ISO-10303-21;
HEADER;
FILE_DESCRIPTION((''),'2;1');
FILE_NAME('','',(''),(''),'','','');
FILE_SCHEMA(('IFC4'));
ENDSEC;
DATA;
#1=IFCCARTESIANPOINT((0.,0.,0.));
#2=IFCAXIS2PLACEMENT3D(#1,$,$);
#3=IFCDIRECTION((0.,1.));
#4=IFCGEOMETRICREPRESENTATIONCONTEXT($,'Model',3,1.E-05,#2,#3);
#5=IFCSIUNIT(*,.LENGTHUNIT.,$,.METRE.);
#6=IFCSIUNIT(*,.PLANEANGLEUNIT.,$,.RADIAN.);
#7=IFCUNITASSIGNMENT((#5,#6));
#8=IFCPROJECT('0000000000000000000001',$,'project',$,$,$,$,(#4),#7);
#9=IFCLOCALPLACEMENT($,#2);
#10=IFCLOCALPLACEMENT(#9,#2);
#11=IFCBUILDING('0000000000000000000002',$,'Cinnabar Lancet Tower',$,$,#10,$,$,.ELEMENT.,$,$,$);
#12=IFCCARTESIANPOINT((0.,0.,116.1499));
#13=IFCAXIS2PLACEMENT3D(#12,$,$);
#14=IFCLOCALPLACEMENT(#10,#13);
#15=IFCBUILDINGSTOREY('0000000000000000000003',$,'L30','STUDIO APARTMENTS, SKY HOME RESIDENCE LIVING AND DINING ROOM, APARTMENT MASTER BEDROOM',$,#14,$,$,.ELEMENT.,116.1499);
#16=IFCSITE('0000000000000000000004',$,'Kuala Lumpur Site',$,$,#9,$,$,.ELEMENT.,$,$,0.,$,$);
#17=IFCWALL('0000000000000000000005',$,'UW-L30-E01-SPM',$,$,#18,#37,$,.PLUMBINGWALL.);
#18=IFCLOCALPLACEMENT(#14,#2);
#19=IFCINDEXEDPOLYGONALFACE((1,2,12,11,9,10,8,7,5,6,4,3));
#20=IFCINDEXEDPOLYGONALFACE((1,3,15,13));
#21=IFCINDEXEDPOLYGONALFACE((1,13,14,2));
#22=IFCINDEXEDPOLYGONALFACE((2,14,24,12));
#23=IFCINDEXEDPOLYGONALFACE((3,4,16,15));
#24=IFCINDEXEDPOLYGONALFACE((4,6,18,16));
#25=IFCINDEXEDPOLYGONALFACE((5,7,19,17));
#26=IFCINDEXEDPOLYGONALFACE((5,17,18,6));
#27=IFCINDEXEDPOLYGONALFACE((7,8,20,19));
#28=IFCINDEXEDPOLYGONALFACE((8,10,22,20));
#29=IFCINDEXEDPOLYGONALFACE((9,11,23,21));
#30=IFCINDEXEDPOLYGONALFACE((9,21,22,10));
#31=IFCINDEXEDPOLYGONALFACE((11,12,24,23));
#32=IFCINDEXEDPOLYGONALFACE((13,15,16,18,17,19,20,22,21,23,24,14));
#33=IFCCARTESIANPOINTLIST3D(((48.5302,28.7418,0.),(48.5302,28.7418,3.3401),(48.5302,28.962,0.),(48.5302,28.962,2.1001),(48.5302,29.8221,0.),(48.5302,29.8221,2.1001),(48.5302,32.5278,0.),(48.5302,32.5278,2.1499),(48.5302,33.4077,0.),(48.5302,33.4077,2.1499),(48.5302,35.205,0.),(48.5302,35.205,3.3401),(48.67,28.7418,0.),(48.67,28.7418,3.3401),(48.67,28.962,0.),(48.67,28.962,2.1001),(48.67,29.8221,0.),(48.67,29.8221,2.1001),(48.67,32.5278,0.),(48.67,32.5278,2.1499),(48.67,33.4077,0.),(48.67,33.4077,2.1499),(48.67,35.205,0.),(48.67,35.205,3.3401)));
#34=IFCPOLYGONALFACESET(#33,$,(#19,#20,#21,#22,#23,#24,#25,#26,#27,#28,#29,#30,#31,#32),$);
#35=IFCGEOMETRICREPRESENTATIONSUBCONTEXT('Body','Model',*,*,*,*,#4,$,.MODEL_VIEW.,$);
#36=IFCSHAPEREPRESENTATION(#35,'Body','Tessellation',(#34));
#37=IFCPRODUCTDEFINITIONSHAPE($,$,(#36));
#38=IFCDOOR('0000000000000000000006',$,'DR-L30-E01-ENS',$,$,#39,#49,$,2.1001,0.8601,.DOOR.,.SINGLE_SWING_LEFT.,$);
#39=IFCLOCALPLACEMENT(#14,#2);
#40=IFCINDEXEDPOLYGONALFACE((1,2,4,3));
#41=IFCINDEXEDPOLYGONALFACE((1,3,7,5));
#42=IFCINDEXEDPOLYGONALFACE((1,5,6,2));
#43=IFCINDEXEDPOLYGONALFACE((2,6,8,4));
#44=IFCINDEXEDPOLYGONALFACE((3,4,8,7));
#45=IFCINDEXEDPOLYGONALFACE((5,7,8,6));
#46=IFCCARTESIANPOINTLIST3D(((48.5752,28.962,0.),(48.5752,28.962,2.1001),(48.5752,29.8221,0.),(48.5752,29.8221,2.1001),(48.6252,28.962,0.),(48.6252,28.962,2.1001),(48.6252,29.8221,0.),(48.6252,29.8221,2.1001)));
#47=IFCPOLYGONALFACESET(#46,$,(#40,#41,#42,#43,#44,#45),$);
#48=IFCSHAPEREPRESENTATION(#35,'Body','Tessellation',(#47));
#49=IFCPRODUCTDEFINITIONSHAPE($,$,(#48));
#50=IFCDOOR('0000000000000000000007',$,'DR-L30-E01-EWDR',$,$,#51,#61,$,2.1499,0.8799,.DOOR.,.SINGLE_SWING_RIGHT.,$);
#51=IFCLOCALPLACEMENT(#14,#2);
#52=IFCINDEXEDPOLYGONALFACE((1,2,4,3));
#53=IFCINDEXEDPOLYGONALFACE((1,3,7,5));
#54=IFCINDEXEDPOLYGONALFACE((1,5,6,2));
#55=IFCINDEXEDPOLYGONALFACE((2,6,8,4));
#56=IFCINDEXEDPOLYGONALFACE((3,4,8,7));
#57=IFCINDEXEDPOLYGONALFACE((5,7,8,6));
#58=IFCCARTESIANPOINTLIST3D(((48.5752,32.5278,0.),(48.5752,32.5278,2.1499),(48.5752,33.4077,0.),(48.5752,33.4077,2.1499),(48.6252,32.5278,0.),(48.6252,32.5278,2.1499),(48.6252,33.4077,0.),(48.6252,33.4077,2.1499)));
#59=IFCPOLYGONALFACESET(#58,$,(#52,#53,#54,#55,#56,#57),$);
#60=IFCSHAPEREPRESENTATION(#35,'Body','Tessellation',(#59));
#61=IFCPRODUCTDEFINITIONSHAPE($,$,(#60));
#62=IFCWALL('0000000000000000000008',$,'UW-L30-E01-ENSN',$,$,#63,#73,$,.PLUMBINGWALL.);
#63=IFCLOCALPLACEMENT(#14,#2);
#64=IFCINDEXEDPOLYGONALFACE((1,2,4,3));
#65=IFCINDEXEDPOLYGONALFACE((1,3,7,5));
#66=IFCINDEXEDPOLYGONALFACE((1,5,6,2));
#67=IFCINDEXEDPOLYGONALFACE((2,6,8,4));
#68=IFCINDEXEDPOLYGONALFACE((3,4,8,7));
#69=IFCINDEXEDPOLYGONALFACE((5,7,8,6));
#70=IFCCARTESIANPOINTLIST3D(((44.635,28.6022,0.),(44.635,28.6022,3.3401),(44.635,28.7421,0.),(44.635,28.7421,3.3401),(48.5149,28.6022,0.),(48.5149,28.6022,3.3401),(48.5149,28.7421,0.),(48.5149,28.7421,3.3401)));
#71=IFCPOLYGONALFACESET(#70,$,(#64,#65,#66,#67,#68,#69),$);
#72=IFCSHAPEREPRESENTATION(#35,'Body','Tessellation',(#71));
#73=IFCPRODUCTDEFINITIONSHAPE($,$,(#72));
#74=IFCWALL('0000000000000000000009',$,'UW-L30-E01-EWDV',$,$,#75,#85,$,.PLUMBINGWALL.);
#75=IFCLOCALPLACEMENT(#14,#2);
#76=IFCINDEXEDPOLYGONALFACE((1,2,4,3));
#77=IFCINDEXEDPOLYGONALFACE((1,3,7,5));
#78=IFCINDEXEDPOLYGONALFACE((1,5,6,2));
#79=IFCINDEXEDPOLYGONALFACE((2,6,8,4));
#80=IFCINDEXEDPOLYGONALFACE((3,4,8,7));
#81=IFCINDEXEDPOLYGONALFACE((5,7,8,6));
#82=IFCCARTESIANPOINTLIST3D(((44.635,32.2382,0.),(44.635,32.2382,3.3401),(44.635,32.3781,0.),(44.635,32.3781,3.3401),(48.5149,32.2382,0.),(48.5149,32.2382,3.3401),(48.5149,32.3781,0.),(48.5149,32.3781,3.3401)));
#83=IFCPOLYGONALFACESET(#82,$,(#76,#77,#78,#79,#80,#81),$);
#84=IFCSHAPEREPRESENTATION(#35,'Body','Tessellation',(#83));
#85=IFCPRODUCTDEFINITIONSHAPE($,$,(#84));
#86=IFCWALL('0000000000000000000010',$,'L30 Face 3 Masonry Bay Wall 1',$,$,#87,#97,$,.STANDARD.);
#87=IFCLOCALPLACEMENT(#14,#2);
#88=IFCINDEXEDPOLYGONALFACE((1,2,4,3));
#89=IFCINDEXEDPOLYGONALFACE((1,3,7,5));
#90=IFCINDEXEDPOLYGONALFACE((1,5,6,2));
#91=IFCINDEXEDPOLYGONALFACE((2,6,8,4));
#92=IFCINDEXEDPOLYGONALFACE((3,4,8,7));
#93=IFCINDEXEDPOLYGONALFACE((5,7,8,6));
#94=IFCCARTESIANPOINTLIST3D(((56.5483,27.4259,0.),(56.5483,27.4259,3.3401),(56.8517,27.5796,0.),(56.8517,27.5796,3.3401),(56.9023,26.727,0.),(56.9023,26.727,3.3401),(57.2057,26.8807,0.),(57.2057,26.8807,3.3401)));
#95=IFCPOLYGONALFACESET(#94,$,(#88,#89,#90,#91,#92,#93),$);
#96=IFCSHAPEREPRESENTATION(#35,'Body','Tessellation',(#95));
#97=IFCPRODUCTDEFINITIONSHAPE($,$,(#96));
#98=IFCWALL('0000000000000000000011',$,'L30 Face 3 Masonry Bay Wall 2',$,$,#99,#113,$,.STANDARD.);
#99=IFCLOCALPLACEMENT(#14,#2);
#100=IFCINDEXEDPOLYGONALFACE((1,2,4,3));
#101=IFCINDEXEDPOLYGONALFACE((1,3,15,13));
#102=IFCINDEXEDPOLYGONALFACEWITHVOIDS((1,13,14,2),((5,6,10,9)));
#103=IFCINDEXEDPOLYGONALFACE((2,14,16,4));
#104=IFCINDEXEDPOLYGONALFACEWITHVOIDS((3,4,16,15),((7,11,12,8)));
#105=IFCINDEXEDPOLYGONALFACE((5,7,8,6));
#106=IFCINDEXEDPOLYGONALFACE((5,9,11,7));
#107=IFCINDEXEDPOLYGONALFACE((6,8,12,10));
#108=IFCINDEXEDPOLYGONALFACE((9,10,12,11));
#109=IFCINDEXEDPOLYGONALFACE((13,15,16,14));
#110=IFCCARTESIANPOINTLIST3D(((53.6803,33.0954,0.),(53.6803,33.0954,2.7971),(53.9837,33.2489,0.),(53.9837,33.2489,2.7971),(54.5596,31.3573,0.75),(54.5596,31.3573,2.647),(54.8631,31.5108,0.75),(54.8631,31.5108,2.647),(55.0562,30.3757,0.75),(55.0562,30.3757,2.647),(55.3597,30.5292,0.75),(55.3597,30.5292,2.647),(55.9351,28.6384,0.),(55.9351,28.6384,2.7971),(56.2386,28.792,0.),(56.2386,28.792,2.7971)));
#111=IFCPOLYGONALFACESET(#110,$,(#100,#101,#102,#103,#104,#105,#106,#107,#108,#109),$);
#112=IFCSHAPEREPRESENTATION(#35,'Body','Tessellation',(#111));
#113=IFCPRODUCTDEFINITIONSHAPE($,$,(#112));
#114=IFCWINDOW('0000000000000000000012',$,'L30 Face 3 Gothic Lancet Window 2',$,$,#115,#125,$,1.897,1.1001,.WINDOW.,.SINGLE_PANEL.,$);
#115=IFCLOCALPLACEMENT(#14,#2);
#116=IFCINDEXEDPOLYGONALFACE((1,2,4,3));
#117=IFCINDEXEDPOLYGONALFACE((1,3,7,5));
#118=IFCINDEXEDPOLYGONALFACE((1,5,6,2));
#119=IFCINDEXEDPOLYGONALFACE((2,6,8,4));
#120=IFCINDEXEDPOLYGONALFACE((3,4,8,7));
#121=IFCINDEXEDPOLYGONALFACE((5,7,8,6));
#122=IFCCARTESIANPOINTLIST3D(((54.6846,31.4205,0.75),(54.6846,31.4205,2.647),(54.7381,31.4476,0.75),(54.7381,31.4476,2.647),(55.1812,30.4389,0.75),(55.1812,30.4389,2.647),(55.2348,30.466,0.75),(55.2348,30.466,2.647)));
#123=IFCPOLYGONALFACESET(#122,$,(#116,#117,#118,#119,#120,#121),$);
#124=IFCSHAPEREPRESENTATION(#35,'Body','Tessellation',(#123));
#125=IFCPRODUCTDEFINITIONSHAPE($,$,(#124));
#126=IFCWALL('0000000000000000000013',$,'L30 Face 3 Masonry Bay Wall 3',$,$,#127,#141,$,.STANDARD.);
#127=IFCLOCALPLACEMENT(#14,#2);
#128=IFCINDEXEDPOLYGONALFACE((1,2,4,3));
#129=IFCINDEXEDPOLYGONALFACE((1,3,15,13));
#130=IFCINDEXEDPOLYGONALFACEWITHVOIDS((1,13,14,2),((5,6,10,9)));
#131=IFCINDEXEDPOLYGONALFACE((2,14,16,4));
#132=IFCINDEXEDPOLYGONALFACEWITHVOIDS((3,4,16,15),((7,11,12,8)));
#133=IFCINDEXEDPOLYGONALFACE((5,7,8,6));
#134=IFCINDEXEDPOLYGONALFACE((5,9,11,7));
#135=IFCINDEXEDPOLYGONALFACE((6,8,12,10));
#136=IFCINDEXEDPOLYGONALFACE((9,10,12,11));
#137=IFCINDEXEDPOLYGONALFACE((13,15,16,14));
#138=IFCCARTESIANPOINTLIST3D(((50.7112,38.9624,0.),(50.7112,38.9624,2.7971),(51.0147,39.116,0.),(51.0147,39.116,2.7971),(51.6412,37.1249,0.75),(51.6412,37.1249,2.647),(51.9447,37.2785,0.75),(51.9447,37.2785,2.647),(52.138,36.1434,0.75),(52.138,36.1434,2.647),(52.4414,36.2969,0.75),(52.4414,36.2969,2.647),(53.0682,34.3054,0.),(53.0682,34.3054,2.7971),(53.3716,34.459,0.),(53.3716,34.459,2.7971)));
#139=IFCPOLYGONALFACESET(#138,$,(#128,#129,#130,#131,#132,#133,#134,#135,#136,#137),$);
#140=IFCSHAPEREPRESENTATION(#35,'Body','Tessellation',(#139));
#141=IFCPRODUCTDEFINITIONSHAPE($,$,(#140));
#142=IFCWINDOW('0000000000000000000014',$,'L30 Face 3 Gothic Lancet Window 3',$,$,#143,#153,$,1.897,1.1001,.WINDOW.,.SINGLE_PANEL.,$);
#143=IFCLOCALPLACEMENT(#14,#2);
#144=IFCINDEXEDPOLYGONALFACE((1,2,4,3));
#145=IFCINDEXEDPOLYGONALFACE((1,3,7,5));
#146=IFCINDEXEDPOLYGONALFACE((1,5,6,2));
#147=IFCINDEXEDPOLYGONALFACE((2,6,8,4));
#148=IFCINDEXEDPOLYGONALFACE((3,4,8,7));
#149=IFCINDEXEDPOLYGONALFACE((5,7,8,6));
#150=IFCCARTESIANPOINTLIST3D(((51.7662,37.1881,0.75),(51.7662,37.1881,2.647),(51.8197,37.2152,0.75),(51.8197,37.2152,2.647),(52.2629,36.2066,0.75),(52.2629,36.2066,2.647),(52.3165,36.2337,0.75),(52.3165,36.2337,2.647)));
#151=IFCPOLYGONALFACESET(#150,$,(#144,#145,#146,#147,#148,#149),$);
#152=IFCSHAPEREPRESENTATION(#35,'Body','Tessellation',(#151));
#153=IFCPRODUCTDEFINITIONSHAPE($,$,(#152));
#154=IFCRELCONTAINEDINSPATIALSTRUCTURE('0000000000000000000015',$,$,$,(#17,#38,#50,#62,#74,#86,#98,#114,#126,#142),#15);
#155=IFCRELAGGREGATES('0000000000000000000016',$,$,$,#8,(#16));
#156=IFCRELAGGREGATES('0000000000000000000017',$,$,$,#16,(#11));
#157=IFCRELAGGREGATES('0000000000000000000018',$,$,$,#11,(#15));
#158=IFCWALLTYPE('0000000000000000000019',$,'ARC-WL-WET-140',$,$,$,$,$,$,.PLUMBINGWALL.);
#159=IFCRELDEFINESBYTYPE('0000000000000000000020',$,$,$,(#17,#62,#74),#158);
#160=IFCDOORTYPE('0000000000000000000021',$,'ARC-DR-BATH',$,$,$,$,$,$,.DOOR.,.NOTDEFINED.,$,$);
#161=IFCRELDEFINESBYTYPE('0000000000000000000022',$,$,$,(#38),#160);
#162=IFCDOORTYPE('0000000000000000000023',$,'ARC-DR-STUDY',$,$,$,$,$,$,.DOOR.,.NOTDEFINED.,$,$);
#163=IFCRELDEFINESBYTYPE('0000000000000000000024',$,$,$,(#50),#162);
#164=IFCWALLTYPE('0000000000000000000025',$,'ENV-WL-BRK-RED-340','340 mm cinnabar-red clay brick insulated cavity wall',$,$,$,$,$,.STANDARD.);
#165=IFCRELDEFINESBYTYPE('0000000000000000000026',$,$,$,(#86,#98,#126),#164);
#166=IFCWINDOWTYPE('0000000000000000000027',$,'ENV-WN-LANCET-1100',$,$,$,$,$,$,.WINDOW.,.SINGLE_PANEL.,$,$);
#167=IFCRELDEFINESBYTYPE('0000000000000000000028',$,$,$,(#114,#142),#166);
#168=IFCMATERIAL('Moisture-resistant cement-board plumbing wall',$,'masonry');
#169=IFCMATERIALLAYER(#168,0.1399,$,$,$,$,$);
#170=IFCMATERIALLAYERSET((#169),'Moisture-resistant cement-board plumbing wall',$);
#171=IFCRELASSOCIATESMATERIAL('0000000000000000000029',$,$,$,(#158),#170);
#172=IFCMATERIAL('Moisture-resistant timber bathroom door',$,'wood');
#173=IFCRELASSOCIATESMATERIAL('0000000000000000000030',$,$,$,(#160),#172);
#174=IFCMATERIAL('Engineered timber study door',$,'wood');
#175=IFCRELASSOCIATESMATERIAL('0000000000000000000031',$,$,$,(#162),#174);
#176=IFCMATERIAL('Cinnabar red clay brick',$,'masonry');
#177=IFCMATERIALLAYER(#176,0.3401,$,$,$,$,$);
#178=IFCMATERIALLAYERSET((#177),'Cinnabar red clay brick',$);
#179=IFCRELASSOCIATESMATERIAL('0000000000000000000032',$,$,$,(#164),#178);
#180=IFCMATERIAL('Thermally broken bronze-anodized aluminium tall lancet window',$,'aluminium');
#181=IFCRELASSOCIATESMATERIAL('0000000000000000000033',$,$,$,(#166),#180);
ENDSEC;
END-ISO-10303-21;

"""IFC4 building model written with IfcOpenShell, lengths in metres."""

from ifc_helpers import new_model, si_unit, direction, frame, frame_2d, origin, place, context, subcontext, project, spatial, rectangle, extrude, material, layer, layer_set, type_object, element, fill, save


model = new_model("IFC4")

# Units and contexts
model_context = context("Model", 3, precision=1e-05, world=origin(), true_north=direction((0.0, 1.0)))
body_context = subcontext(model_context, "Body", "Model", "MODEL_VIEW")
ifc_project = project(units=[si_unit("LENGTHUNIT", "METRE"), si_unit("PLANEANGLEUNIT", "RADIAN")], contexts=[model_context])

# Site, building, storey
site_placement = place(None, origin())
site = spatial("IfcSite", under=ifc_project, at=site_placement, Name="Kuala Lumpur Site", CompositionType="ELEMENT", RefElevation=0.0)
building_placement = place(site_placement, origin())
building = spatial("IfcBuilding", under=site, at=building_placement, Name="Cinnabar Lancet Tower", CompositionType="ELEMENT")
storey_placement = place(building_placement, frame((0.0, 0.0, 116.1499)))
storey = spatial("IfcBuildingStorey", under=building, at=storey_placement, Name="L30", Description="STUDIO APARTMENTS, SKY HOME RESIDENCE LIVING AND DINING ROOM, APARTMENT MASTER BEDROOM", CompositionType="ELEMENT", Elevation=116.1499)

# Wall, openings, doors
ifc_material_1 = material(Name="Moisture-resistant cement-board plumbing wall", Category="masonry")
ifc_layer_1 = layer(ifc_material_1, 0.1399)
ifc_layer_set_1 = layer_set([ifc_layer_1], Name="Moisture-resistant cement-board plumbing wall")
wall_type_1 = type_object("IfcWallType", Name="ARC-WL-WET-140", PredefinedType="PLUMBINGWALL", material=ifc_layer_set_1)
wall_1_placement = place(storey_placement, frame((48.6001, 28.7419, 0.0), z_axis=(0.0, 0.0, 1.0), x_axis=(0.0, 1.0, 0.0)))
wall_1 = element("IfcWall", 1, at=wall_1_placement, inside=storey, type_object=wall_type_1, Name="UW-L30-E01-SPM", PredefinedType="PLUMBINGWALL", context=body_context, shape_type="SweptSolid", body=[
    extrude(rectangle(XDim=6.4631, YDim=0.1399, at=frame_2d((3.2314, 0.0))), origin(), (0.0, 0.0, 1.0), 3.3401),
])
opening_1_placement = place(wall_1_placement, frame((0.22, 0.0, 0.0)))
opening_1 = element("IfcOpeningElement", 2, at=opening_1_placement, cuts=wall_1, PredefinedType="OPENING", context=body_context, shape_type="SweptSolid", body=[
    extrude(rectangle(XDim=0.8601, YDim=2.1001, at=frame_2d((0.4302, 1.05))), frame((0.0, 0.0798, 0.0), z_axis=(0.0, -1.0, 0.0), x_axis=(1.0, 0.0, 0.0)), (0.0, 0.0, 1.0), 0.1599),
])
opening_2_placement = place(wall_1_placement, frame((3.7859, 0.0, 0.0)))
opening_2 = element("IfcOpeningElement", 3, at=opening_2_placement, cuts=wall_1, PredefinedType="OPENING", context=body_context, shape_type="SweptSolid", body=[
    extrude(rectangle(XDim=0.8799, YDim=2.1499, at=frame_2d((0.4399, 1.075))), frame((0.0, 0.0798, 0.0), z_axis=(0.0, -1.0, 0.0), x_axis=(1.0, 0.0, 0.0)), (0.0, 0.0, 1.0), 0.1599),
])
ifc_material_2 = material(Name="Moisture-resistant timber bathroom door", Category="wood")
door_type_1 = type_object("IfcDoorType", Name="ARC-DR-BATH", OperationType="NOTDEFINED", PredefinedType="DOOR", material=ifc_material_2)
door_1_placement = place(opening_1_placement, origin())
door_1 = element("IfcDoor", 4, at=door_1_placement, inside=storey, type_object=door_type_1, Name="DR-L30-E01-ENS", OperationType="SINGLE_SWING_LEFT", OverallHeight=2.1001, OverallWidth=0.8601, PredefinedType="DOOR", context=body_context, shape_type="SweptSolid", body=[
    extrude(rectangle(XDim=0.8601, YDim=2.1001, at=frame_2d((0.4302, 1.05))), frame((0.0, 0.0249, 0.0), z_axis=(0.0, -1.0, 0.0), x_axis=(1.0, 0.0, 0.0)), (0.0, 0.0, 1.0), 0.05),
])
fill(opening_1, door_1)
ifc_material_3 = material(Name="Engineered timber study door", Category="wood")
door_type_2 = type_object("IfcDoorType", Name="ARC-DR-STUDY", OperationType="NOTDEFINED", PredefinedType="DOOR", material=ifc_material_3)
door_2_placement = place(opening_2_placement, origin())
door_2 = element("IfcDoor", 5, at=door_2_placement, inside=storey, type_object=door_type_2, Name="DR-L30-E01-EWDR", OperationType="SINGLE_SWING_RIGHT", OverallHeight=2.1499, OverallWidth=0.8799, PredefinedType="DOOR", context=body_context, shape_type="SweptSolid", body=[
    extrude(rectangle(XDim=0.8799, YDim=2.1499, at=frame_2d((0.4399, 1.075))), frame((0.0, 0.0249, 0.0), z_axis=(0.0, -1.0, 0.0), x_axis=(1.0, 0.0, 0.0)), (0.0, 0.0, 1.0), 0.05),
])
fill(opening_2, door_2)

# Walls
for number, where, z_axis, x_axis, name in (
    (6, (44.635, 28.6721, 0.0), (0.0, 0.0, 1.0), (1.0, 0.0, 0.0), "UW-L30-E01-ENSN"),
    (7, (44.635, 32.3081, 0.0), (0.0, 0.0, 1.0), (1.0, 0.0, 0.0), "UW-L30-E01-EWDV"),
):
    element("IfcWall", number, at=place(storey_placement, frame(where, z_axis=z_axis, x_axis=x_axis)), inside=storey, type_object=wall_type_1, Name=name, PredefinedType="PLUMBINGWALL", context=body_context, shape_type="SweptSolid", body=[
        extrude(rectangle(XDim=3.8799, YDim=0.1399, at=frame_2d((1.9399, 0.0))), origin(), (0.0, 0.0, 1.0), 3.3401),
    ])
ifc_material_4 = material(Name="Cinnabar red clay brick", Category="masonry")
ifc_layer_2 = layer(ifc_material_4, 0.3401)
ifc_layer_set_2 = layer_set([ifc_layer_2], Name="Cinnabar red clay brick")
wall_type_2 = type_object("IfcWallType", Name="ENV-WL-BRK-RED-340", Description="340 mm cinnabar-red clay brick insulated cavity wall", PredefinedType="STANDARD", material=ifc_layer_set_2)
wall_2_placement = place(storey_placement, frame((57.054, 26.804, 0.0), z_axis=(0.0, 0.0, 1.0), x_axis=(-0.451819, 0.892109, 0.0)))
element("IfcWall", 8, at=wall_2_placement, inside=storey, type_object=wall_type_2, Name="L30 Face 3 Masonry Bay Wall 1", PredefinedType="STANDARD", context=body_context, shape_type="SweptSolid", body=[
    extrude(rectangle(XDim=0.7834, YDim=0.3401, at=frame_2d((0.3916, 0.0))), origin(), (0.0, 0.0, 1.0), 3.3401),
])

# Walls, openings, windows
wall_3_placement = place(storey_placement, frame((56.0869, 28.7151, 0.0), z_axis=(0.0, 0.0, 1.0), x_axis=(-0.451432, 0.892306, 0.0)))
wall_3 = element("IfcWall", 9, at=wall_3_placement, inside=storey, type_object=wall_type_2, Name="L30 Face 3 Masonry Bay Wall 2", PredefinedType="STANDARD", context=body_context, shape_type="SweptSolid", body=[
    extrude(rectangle(XDim=4.9949, YDim=0.3401, at=frame_2d((2.4976, 0.0))), origin(), (0.0, 0.0, 1.0), 2.7971),
])
opening_3_placement = place(wall_3_placement, frame((1.947, 0.0, 0.75)))
opening_3 = element("IfcOpeningElement", 10, at=opening_3_placement, cuts=wall_3, PredefinedType="OPENING", context=body_context, shape_type="SweptSolid", body=[
    extrude(rectangle(XDim=1.1001, YDim=1.897, at=frame_2d((0.55, 0.9485))), frame((0.0, 0.1799, 0.0), z_axis=(0.0, -1.0, 0.0), x_axis=(1.0, 0.0, 0.0)), (0.0, 0.0, 1.0), 0.3601),
])
ifc_material_5 = material(Name="Thermally broken bronze-anodized aluminium tall lancet window", Category="aluminium")
window_type = type_object("IfcWindowType", Name="ENV-WN-LANCET-1100", PartitioningType="SINGLE_PANEL", PredefinedType="WINDOW", material=ifc_material_5)
window_1_placement = place(opening_3_placement, origin())
window_1 = element("IfcWindow", 11, at=window_1_placement, inside=storey, type_object=window_type, Name="L30 Face 3 Gothic Lancet Window 2", OverallHeight=1.897, OverallWidth=1.1001, PartitioningType="SINGLE_PANEL", PredefinedType="WINDOW", context=body_context, shape_type="SweptSolid", body=[
    extrude(rectangle(XDim=1.1001, YDim=1.897, at=frame_2d((0.55, 0.9485))), frame((0.0, 0.03, 0.0), z_axis=(0.0, -1.0, 0.0), x_axis=(1.0, 0.0, 0.0)), (0.0, 0.0, 1.0), 0.0601),
])
fill(opening_3, window_1)
wall_4_placement = place(storey_placement, frame((53.22, 34.3821, 0.0), z_axis=(0.0, 0.0, 1.0), x_axis=(-0.451568, 0.892237, 0.0)))
wall_4 = element("IfcWall", 12, at=wall_4_placement, inside=storey, type_object=wall_type_2, Name="L30 Face 3 Masonry Bay Wall 3", PredefinedType="STANDARD", context=body_context, shape_type="SweptSolid", body=[
    extrude(rectangle(XDim=5.2195, YDim=0.3401, at=frame_2d((2.6099, 0.0))), origin(), (0.0, 0.0, 1.0), 2.7971),
])
opening_4_placement = place(wall_4_placement, frame((2.0601, 0.0, 0.75)))
opening_4 = element("IfcOpeningElement", 13, at=opening_4_placement, cuts=wall_4, PredefinedType="OPENING", context=body_context, shape_type="SweptSolid", body=[
    extrude(rectangle(XDim=1.1001, YDim=1.897, at=frame_2d((0.55, 0.9485))), frame((0.0, 0.1799, 0.0), z_axis=(0.0, -1.0, 0.0), x_axis=(1.0, 0.0, 0.0)), (0.0, 0.0, 1.0), 0.3601),
])
window_2_placement = place(opening_4_placement, origin())
window_2 = element("IfcWindow", 14, at=window_2_placement, inside=storey, type_object=window_type, Name="L30 Face 3 Gothic Lancet Window 3", OverallHeight=1.897, OverallWidth=1.1001, PartitioningType="SINGLE_PANEL", PredefinedType="WINDOW", context=body_context, shape_type="SweptSolid", body=[
    extrude(rectangle(XDim=1.1001, YDim=1.897, at=frame_2d((0.55, 0.9485))), frame((0.0, 0.03, 0.0), z_axis=(0.0, -1.0, 0.0), x_axis=(1.0, 0.0, 0.0)), (0.0, 0.0, 1.0), 0.0601),
])
fill(opening_4, window_2)

save(model, "model.ifc")
